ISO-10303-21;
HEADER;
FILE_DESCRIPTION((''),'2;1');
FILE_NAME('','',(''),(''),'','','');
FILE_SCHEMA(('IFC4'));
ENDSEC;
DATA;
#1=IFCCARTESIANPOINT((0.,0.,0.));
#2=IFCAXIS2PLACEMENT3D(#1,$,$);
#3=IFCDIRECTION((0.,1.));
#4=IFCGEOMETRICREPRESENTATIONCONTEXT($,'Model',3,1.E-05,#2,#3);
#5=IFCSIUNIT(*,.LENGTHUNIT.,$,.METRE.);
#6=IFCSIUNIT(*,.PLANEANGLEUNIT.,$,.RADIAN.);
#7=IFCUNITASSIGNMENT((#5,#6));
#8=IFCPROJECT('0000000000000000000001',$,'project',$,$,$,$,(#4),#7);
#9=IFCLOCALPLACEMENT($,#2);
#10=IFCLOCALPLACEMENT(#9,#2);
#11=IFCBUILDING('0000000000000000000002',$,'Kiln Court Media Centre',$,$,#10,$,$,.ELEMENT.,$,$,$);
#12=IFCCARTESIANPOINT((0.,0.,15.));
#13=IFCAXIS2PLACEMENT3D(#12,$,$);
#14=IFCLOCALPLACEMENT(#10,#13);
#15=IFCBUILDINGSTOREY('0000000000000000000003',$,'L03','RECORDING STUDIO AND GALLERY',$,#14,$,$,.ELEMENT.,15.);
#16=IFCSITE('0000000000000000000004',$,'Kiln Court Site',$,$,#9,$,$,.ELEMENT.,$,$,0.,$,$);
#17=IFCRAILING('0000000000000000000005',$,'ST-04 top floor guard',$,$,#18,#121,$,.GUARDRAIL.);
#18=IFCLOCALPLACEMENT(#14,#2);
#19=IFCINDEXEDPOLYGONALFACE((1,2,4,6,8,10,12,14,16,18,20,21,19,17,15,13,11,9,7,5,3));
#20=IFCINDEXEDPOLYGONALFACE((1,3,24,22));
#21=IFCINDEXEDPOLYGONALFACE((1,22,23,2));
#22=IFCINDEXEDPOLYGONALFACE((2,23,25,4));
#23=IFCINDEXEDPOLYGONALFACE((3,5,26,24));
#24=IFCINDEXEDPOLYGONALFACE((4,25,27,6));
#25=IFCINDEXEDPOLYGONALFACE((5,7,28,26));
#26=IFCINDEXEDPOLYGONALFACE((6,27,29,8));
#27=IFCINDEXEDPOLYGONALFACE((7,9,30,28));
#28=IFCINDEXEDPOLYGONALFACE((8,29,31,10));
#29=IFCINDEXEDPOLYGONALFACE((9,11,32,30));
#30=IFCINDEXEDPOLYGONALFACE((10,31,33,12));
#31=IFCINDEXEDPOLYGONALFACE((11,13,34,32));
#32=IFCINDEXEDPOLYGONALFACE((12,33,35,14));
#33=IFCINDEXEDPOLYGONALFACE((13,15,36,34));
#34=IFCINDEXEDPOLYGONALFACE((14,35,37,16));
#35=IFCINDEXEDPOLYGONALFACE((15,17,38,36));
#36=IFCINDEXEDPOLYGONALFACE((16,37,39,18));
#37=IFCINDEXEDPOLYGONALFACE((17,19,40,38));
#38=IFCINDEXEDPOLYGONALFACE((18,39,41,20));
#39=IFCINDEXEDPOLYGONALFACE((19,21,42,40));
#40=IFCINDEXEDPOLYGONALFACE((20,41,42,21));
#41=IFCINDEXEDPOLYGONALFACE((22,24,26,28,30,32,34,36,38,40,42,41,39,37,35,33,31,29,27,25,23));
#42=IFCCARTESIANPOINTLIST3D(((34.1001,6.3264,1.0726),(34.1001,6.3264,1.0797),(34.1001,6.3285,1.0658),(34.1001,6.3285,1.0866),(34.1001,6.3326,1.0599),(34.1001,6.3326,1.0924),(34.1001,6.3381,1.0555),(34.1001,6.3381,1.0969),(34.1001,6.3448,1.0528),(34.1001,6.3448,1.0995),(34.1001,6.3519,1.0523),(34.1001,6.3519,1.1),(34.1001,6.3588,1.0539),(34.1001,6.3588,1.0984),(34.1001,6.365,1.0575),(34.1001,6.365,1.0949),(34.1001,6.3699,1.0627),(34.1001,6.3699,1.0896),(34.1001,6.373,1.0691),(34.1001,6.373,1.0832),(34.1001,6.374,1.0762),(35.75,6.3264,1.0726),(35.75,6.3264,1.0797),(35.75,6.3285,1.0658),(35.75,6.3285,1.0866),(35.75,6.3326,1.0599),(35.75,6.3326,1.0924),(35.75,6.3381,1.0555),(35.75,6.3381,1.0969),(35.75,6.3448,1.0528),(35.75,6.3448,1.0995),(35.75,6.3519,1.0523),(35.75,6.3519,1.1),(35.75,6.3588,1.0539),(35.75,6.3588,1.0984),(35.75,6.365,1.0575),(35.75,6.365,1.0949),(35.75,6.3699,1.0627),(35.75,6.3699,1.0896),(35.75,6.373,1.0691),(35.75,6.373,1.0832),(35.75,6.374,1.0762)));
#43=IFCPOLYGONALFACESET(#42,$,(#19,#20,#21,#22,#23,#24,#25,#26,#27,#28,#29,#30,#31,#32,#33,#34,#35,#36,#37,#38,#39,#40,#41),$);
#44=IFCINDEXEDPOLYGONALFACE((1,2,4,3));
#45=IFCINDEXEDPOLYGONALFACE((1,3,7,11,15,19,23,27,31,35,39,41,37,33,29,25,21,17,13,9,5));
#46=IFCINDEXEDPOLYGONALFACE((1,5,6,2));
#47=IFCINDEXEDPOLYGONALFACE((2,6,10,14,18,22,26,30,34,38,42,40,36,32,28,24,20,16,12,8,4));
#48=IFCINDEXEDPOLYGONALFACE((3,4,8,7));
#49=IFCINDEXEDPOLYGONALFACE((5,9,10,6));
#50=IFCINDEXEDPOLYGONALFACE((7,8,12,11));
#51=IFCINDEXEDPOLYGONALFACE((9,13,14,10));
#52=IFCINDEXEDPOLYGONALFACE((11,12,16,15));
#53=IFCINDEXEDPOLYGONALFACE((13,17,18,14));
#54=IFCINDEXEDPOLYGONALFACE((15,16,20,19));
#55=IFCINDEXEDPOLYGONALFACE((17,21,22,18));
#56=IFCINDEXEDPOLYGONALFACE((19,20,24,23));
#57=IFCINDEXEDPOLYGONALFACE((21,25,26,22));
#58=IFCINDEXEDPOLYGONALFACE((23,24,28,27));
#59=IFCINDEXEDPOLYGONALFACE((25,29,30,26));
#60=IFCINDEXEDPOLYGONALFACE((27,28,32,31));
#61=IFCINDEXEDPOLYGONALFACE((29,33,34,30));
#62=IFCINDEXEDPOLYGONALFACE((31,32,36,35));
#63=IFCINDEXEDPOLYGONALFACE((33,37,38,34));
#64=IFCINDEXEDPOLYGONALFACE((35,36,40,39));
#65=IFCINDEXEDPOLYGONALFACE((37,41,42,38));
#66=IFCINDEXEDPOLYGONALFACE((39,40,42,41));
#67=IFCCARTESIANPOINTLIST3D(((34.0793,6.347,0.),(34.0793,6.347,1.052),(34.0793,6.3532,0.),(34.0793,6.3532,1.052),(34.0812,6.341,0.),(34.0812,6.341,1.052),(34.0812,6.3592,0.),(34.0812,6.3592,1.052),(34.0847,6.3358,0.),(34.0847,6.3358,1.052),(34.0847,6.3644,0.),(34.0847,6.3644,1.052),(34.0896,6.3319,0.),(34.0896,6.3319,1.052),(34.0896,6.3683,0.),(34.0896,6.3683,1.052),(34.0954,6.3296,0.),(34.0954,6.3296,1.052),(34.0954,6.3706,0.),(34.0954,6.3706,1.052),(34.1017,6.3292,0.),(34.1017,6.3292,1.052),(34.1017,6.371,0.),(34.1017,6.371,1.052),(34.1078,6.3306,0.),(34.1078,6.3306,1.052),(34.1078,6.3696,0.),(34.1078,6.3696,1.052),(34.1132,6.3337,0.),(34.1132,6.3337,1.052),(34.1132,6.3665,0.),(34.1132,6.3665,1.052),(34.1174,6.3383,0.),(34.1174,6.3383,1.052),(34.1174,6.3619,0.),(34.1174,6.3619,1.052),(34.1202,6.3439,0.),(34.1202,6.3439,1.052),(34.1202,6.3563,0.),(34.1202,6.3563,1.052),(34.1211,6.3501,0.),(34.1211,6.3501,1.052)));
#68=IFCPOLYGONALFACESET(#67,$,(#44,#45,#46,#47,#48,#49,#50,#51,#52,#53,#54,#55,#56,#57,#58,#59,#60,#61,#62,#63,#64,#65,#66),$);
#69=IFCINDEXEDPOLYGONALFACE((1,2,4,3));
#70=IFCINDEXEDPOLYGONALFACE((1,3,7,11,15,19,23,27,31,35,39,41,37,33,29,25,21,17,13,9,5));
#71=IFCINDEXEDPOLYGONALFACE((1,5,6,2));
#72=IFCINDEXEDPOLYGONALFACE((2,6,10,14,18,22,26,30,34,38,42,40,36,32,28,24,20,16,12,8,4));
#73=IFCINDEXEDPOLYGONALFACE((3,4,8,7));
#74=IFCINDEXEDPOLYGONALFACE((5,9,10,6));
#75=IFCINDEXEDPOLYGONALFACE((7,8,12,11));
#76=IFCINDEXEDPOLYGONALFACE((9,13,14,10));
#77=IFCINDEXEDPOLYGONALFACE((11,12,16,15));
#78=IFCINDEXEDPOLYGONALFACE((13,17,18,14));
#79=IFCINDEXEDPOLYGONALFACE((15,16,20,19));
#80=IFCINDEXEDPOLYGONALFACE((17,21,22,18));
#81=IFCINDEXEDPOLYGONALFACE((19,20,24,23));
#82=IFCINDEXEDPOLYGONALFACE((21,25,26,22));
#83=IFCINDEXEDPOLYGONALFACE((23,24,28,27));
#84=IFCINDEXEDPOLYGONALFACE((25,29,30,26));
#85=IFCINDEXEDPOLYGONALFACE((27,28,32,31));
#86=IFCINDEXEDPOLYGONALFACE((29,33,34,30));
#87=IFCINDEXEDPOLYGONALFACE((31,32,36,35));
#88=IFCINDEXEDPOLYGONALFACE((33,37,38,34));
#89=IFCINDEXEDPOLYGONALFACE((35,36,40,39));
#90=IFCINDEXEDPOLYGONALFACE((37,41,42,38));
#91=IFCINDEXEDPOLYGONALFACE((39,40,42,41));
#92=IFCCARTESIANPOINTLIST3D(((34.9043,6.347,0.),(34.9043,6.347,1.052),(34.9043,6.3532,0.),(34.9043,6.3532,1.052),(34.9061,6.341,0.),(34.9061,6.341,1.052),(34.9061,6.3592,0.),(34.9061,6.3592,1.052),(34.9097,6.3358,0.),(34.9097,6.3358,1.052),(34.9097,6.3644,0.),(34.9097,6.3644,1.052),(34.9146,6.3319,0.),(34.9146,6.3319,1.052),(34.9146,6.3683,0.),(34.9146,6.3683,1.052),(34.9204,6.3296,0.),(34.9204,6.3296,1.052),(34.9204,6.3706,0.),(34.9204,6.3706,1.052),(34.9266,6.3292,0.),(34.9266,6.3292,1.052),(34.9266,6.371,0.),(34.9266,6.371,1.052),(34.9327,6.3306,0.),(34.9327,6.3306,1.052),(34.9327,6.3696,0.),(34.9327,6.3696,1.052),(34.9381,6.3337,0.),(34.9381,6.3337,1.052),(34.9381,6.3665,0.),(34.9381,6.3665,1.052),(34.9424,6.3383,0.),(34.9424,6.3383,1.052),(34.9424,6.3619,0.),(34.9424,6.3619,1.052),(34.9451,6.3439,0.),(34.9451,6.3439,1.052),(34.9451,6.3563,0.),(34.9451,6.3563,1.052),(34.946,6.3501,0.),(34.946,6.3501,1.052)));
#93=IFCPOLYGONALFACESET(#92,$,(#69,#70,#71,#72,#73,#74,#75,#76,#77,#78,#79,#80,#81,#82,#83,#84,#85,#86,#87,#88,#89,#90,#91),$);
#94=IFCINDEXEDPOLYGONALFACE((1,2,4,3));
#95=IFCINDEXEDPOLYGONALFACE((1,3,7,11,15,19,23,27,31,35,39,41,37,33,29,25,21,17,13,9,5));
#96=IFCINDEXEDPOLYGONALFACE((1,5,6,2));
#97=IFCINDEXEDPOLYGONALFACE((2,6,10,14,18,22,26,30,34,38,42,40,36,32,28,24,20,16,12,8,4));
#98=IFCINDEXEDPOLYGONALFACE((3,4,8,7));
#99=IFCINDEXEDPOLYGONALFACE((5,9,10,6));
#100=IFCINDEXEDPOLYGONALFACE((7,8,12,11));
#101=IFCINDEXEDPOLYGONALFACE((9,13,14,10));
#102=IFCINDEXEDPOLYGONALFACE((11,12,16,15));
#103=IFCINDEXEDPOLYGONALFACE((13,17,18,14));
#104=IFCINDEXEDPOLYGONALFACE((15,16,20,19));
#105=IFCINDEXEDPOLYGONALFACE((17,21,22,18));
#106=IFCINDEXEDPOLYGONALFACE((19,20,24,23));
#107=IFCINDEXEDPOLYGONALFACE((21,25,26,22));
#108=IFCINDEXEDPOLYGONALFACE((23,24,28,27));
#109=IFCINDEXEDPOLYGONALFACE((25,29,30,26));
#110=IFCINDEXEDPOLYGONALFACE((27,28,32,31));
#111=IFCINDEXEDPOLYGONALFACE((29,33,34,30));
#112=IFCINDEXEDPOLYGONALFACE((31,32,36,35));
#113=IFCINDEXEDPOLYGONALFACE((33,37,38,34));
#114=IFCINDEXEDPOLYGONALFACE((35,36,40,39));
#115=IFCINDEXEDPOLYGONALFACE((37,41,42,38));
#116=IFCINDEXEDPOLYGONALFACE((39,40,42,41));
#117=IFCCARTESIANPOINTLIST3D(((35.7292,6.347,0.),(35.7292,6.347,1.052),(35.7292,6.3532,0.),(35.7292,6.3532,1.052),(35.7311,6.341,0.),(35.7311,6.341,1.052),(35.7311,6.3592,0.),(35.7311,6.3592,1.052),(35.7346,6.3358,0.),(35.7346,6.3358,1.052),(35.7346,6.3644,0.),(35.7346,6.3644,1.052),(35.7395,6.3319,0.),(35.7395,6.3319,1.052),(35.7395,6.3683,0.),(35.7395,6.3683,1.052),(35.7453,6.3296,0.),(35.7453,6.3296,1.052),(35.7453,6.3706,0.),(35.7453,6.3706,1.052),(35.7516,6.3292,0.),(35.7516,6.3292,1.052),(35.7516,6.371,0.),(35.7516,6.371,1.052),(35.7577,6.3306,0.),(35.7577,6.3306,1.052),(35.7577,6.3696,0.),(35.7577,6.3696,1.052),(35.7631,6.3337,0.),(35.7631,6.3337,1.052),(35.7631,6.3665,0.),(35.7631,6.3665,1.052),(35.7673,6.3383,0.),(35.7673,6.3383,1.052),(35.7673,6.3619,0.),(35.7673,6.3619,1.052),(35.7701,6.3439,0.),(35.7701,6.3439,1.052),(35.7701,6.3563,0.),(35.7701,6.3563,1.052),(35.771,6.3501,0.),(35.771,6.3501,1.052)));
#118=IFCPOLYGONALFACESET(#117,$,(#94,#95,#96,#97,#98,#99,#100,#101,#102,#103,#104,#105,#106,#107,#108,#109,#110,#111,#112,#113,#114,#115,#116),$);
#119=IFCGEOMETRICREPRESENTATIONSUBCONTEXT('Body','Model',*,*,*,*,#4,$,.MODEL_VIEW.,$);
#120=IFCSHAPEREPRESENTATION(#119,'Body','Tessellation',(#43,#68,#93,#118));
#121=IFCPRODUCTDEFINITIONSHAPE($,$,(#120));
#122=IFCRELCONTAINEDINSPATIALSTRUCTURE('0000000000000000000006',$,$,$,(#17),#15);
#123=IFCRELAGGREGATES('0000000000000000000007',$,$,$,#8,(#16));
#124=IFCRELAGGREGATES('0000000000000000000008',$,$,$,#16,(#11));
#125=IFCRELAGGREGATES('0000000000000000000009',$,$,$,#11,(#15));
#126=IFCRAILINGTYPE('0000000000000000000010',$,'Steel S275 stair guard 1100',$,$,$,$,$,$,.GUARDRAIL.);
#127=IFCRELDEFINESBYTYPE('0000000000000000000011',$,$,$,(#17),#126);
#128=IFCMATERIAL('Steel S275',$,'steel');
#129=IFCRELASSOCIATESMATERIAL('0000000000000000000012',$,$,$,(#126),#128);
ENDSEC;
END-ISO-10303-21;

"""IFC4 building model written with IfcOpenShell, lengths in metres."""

from ifc_helpers import new_model, si_unit, direction, frame, origin, origin_2d, place, context, subcontext, project, spatial, circle, extrude, material, type_object, element, save


model = new_model("IFC4")

# Units and contexts
model_context = context("Model", 3, precision=1e-05, world=origin(), true_north=direction((0.0, 1.0)))
body_context = subcontext(model_context, "Body", "Model", "MODEL_VIEW")
ifc_project = project(units=[si_unit("LENGTHUNIT", "METRE"), si_unit("PLANEANGLEUNIT", "RADIAN")], contexts=[model_context])

# Site, building, storey
site_placement = place(None, origin())
site = spatial("IfcSite", under=ifc_project, at=site_placement, Name="Kiln Court Site", CompositionType="ELEMENT", RefElevation=0.0)
building_placement = place(site_placement, origin())
building = spatial("IfcBuilding", under=site, at=building_placement, Name="Kiln Court Media Centre", CompositionType="ELEMENT")
storey_placement = place(building_placement, frame((0.0, 0.0, 15.0)))
storey = spatial("IfcBuildingStorey", under=building, at=storey_placement, Name="L03", Description="RECORDING STUDIO AND GALLERY", CompositionType="ELEMENT", Elevation=15.0)

# Railing
ifc_material_1 = material(Name="Steel S275", Category="steel")
railing_type_1 = type_object("IfcRailingType", Name="Steel S275 stair guard 1100", PredefinedType="GUARDRAIL", material=ifc_material_1)
railing_1_placement = place(storey_placement, frame((34.1001, 6.3501, 0.0)))
element("IfcRailing", 1, at=railing_1_placement, inside=storey, type_object=railing_type_1, Name="ST-04 top floor guard", PredefinedType="GUARDRAIL", context=body_context, shape_type="SweptSolid", body=[
    extrude(circle(Radius=0.0239, at=origin_2d()), frame((0.0, 0.0, 1.0762), z_axis=(1.0, 0.0, 0.0), x_axis=(0.0, 1.0, 0.0)), (0.0, 0.0, 1.0), 1.6499),
    extrude(circle(Radius=0.021, at=origin_2d()), origin(), (0.0, 0.0, 1.0), 1.052),
    extrude(circle(Radius=0.021, at=origin_2d()), frame((0.825, 0.0, 0.0)), (0.0, 0.0, 1.0), 1.052),
    extrude(circle(Radius=0.021, at=origin_2d()), frame((1.6499, 0.0, 0.0)), (0.0, 0.0, 1.0), 1.052),
])

save(model, "model.ifc")
